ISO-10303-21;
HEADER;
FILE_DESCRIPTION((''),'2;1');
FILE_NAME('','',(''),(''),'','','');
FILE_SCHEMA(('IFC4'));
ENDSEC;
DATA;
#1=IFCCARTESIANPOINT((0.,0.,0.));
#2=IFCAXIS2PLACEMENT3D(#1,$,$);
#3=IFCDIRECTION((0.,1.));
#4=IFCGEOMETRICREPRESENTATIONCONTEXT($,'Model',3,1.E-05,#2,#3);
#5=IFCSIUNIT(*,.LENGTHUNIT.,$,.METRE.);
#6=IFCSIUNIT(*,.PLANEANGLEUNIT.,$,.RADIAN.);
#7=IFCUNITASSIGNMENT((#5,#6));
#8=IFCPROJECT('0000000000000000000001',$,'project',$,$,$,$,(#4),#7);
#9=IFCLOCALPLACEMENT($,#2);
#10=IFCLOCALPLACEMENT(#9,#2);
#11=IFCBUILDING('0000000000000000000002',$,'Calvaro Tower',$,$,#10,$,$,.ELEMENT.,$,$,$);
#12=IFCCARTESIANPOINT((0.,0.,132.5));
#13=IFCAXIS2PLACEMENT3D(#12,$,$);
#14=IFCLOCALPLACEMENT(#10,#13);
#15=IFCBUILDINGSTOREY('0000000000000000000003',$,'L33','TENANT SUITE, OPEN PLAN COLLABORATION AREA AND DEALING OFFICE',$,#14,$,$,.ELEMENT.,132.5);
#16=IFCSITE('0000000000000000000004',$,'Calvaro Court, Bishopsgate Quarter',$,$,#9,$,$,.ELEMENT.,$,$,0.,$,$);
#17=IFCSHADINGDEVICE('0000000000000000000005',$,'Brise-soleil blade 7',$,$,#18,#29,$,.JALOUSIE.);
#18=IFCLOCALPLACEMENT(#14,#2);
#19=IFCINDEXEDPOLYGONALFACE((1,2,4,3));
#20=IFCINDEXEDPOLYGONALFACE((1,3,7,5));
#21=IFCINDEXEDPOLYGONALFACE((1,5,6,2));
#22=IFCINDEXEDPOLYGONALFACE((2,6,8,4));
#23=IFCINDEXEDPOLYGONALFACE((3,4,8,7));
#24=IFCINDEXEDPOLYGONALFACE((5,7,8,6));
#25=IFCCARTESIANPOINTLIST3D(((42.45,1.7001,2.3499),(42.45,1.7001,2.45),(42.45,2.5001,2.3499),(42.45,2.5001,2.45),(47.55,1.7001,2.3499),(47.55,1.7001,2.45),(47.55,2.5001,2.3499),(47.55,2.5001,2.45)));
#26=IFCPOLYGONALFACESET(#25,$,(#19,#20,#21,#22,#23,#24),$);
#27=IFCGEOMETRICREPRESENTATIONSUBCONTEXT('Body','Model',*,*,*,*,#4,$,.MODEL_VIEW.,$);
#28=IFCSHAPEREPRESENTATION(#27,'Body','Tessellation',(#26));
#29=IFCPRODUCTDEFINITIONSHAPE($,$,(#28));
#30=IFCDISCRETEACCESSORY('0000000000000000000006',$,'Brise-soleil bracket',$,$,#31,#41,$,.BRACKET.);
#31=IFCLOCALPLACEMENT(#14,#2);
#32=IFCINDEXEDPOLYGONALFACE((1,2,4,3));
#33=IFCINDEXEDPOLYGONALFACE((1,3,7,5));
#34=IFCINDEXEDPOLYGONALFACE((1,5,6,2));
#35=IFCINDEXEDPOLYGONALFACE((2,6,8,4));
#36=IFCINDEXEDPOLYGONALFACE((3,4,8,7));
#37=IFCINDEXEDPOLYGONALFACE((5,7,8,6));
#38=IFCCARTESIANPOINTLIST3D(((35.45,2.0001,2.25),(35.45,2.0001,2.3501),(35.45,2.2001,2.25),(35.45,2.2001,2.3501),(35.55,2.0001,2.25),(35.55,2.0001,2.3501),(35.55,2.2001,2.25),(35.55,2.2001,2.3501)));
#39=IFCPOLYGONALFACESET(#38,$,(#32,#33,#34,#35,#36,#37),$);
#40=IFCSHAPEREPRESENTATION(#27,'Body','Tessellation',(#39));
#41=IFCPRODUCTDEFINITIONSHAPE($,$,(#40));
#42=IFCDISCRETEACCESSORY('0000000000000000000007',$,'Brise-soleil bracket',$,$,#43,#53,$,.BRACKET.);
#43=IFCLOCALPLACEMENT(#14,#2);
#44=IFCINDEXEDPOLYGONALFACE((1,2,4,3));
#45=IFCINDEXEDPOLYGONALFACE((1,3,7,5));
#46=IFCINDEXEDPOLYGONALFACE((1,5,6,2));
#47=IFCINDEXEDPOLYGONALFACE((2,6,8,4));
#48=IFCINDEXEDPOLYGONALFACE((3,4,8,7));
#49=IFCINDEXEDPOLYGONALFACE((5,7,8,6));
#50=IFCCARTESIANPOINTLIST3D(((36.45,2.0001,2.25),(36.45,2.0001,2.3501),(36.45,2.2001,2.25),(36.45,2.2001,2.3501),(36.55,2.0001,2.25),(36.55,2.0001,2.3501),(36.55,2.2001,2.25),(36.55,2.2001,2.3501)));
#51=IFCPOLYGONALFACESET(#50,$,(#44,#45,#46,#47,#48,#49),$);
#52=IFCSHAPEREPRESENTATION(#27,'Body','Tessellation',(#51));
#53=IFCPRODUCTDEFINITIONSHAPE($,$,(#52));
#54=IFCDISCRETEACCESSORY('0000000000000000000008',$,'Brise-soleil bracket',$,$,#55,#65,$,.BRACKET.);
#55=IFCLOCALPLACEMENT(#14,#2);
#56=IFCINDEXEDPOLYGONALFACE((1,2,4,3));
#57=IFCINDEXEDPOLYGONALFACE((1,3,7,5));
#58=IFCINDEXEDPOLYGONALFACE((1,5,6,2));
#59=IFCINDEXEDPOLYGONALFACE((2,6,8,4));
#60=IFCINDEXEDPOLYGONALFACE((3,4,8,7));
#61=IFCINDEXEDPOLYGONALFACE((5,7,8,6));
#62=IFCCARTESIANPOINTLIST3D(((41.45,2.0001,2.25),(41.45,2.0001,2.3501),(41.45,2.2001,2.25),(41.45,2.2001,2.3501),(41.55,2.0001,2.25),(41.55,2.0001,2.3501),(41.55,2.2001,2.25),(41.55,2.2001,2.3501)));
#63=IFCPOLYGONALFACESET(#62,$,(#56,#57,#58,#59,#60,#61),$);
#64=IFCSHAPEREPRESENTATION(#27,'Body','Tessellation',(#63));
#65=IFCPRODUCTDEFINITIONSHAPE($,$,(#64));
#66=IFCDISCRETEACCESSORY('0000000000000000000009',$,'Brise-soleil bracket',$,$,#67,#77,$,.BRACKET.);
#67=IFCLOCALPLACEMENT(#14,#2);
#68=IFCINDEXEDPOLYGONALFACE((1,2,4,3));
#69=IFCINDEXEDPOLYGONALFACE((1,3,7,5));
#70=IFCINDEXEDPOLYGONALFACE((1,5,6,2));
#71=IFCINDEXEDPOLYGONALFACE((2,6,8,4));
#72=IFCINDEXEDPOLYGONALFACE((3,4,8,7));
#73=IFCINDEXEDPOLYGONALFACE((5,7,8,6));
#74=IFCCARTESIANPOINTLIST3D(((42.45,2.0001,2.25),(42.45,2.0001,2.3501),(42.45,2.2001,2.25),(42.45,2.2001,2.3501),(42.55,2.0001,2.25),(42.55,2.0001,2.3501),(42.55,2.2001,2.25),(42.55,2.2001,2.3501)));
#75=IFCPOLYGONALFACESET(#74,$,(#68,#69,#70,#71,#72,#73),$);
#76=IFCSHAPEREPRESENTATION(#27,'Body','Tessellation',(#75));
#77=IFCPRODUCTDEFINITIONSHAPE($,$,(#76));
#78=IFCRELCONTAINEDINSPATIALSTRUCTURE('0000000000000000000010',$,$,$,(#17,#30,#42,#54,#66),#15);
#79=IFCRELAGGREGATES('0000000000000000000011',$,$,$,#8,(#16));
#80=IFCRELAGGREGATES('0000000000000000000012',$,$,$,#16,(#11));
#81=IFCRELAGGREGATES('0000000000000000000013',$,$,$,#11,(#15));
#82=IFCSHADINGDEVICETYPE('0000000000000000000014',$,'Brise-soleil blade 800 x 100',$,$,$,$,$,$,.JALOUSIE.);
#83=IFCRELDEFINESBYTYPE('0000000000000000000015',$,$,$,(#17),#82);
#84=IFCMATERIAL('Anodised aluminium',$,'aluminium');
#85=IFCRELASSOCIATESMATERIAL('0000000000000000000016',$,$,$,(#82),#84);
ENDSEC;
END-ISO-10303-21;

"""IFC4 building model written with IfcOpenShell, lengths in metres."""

from ifc_helpers import new_model, si_unit, direction, frame, origin, origin_2d, place, context, subcontext, project, spatial, rectangle, extrude, material, material_profile, profile_set, type_object, element, save


model = new_model("IFC4")

# Units and contexts
model_context = context("Model", 3, precision=1e-05, world=origin(), true_north=direction((0.0, 1.0)))
body_context = subcontext(model_context, "Body", "Model", "MODEL_VIEW")
ifc_project = project(units=[si_unit("LENGTHUNIT", "METRE"), si_unit("PLANEANGLEUNIT", "RADIAN")], contexts=[model_context])

# Site, building, storey
site_placement = place(None, origin())
site = spatial("IfcSite", under=ifc_project, at=site_placement, Name="Calvaro Court, Bishopsgate Quarter", CompositionType="ELEMENT", RefElevation=0.0)
building_placement = place(site_placement, origin())
building = spatial("IfcBuilding", under=site, at=building_placement, Name="Calvaro Tower", CompositionType="ELEMENT")
storey_placement = place(building_placement, frame((0.0, 0.0, 132.5)))
storey = spatial("IfcBuildingStorey", under=building, at=storey_placement, Name="L33", Description="TENANT SUITE, OPEN PLAN COLLABORATION AREA AND DEALING OFFICE", CompositionType="ELEMENT", Elevation=132.5)

# Shading device
ifc_material_1 = material(Name="Anodised aluminium", Category="aluminium")
ifc_material_profile_1 = material_profile(ifc_material_1, rectangle(XDim=0.8, YDim=0.1001, at=origin_2d()), Name="Brise-soleil blade 800 x 100")
ifc_profile_set_1 = profile_set([ifc_material_profile_1], Name="Anodised aluminium")
shading_device_type = type_object("IfcShadingDeviceType", Name="Brise-soleil blade 800 x 100", PredefinedType="JALOUSIE", material=ifc_profile_set_1)
for number, where, z_axis, x_axis, name in (
    (1, (42.45, 2.1001, 2.3999), (1.0, 0.0, 0.0), (0.0, 1.0, 0.0), "Brise-soleil blade 7"),
):
    element("IfcShadingDevice", number, at=place(storey_placement, frame(where, z_axis=z_axis, x_axis=x_axis)), inside=storey, type_object=shading_device_type, Name=name, PredefinedType="JALOUSIE", context=body_context, shape_type="SweptSolid", body=[
        extrude(rectangle(XDim=0.8, YDim=0.1001, at=origin_2d()), origin(), (0.0, 0.0, 1.0), 5.1001),
    ])

# Discrete accessories
for number, where, z_axis, x_axis, name in (
    (2, (35.5, 2.1001, 2.25), (0.0, 0.0, 1.0), (1.0, 0.0, 0.0), "Brise-soleil bracket"),
    (3, (36.5, 2.1001, 2.25), (0.0, 0.0, 1.0), (1.0, 0.0, 0.0), "Brise-soleil bracket"),
    (4, (41.5, 2.1001, 2.25), (0.0, 0.0, 1.0), (1.0, 0.0, 0.0), "Brise-soleil bracket"),
    (5, (42.5, 2.1001, 2.25), (0.0, 0.0, 1.0), (1.0, 0.0, 0.0), "Brise-soleil bracket"),
):
    element("IfcDiscreteAccessory", number, at=place(storey_placement, frame(where, z_axis=z_axis, x_axis=x_axis)), inside=storey, Name=name, PredefinedType="BRACKET", context=body_context, shape_type="SweptSolid", body=[
        extrude(rectangle(XDim=0.1001, YDim=0.2, at=origin_2d()), origin(), (0.0, 0.0, 1.0), 0.1001),
    ])

save(model, "model.ifc")
